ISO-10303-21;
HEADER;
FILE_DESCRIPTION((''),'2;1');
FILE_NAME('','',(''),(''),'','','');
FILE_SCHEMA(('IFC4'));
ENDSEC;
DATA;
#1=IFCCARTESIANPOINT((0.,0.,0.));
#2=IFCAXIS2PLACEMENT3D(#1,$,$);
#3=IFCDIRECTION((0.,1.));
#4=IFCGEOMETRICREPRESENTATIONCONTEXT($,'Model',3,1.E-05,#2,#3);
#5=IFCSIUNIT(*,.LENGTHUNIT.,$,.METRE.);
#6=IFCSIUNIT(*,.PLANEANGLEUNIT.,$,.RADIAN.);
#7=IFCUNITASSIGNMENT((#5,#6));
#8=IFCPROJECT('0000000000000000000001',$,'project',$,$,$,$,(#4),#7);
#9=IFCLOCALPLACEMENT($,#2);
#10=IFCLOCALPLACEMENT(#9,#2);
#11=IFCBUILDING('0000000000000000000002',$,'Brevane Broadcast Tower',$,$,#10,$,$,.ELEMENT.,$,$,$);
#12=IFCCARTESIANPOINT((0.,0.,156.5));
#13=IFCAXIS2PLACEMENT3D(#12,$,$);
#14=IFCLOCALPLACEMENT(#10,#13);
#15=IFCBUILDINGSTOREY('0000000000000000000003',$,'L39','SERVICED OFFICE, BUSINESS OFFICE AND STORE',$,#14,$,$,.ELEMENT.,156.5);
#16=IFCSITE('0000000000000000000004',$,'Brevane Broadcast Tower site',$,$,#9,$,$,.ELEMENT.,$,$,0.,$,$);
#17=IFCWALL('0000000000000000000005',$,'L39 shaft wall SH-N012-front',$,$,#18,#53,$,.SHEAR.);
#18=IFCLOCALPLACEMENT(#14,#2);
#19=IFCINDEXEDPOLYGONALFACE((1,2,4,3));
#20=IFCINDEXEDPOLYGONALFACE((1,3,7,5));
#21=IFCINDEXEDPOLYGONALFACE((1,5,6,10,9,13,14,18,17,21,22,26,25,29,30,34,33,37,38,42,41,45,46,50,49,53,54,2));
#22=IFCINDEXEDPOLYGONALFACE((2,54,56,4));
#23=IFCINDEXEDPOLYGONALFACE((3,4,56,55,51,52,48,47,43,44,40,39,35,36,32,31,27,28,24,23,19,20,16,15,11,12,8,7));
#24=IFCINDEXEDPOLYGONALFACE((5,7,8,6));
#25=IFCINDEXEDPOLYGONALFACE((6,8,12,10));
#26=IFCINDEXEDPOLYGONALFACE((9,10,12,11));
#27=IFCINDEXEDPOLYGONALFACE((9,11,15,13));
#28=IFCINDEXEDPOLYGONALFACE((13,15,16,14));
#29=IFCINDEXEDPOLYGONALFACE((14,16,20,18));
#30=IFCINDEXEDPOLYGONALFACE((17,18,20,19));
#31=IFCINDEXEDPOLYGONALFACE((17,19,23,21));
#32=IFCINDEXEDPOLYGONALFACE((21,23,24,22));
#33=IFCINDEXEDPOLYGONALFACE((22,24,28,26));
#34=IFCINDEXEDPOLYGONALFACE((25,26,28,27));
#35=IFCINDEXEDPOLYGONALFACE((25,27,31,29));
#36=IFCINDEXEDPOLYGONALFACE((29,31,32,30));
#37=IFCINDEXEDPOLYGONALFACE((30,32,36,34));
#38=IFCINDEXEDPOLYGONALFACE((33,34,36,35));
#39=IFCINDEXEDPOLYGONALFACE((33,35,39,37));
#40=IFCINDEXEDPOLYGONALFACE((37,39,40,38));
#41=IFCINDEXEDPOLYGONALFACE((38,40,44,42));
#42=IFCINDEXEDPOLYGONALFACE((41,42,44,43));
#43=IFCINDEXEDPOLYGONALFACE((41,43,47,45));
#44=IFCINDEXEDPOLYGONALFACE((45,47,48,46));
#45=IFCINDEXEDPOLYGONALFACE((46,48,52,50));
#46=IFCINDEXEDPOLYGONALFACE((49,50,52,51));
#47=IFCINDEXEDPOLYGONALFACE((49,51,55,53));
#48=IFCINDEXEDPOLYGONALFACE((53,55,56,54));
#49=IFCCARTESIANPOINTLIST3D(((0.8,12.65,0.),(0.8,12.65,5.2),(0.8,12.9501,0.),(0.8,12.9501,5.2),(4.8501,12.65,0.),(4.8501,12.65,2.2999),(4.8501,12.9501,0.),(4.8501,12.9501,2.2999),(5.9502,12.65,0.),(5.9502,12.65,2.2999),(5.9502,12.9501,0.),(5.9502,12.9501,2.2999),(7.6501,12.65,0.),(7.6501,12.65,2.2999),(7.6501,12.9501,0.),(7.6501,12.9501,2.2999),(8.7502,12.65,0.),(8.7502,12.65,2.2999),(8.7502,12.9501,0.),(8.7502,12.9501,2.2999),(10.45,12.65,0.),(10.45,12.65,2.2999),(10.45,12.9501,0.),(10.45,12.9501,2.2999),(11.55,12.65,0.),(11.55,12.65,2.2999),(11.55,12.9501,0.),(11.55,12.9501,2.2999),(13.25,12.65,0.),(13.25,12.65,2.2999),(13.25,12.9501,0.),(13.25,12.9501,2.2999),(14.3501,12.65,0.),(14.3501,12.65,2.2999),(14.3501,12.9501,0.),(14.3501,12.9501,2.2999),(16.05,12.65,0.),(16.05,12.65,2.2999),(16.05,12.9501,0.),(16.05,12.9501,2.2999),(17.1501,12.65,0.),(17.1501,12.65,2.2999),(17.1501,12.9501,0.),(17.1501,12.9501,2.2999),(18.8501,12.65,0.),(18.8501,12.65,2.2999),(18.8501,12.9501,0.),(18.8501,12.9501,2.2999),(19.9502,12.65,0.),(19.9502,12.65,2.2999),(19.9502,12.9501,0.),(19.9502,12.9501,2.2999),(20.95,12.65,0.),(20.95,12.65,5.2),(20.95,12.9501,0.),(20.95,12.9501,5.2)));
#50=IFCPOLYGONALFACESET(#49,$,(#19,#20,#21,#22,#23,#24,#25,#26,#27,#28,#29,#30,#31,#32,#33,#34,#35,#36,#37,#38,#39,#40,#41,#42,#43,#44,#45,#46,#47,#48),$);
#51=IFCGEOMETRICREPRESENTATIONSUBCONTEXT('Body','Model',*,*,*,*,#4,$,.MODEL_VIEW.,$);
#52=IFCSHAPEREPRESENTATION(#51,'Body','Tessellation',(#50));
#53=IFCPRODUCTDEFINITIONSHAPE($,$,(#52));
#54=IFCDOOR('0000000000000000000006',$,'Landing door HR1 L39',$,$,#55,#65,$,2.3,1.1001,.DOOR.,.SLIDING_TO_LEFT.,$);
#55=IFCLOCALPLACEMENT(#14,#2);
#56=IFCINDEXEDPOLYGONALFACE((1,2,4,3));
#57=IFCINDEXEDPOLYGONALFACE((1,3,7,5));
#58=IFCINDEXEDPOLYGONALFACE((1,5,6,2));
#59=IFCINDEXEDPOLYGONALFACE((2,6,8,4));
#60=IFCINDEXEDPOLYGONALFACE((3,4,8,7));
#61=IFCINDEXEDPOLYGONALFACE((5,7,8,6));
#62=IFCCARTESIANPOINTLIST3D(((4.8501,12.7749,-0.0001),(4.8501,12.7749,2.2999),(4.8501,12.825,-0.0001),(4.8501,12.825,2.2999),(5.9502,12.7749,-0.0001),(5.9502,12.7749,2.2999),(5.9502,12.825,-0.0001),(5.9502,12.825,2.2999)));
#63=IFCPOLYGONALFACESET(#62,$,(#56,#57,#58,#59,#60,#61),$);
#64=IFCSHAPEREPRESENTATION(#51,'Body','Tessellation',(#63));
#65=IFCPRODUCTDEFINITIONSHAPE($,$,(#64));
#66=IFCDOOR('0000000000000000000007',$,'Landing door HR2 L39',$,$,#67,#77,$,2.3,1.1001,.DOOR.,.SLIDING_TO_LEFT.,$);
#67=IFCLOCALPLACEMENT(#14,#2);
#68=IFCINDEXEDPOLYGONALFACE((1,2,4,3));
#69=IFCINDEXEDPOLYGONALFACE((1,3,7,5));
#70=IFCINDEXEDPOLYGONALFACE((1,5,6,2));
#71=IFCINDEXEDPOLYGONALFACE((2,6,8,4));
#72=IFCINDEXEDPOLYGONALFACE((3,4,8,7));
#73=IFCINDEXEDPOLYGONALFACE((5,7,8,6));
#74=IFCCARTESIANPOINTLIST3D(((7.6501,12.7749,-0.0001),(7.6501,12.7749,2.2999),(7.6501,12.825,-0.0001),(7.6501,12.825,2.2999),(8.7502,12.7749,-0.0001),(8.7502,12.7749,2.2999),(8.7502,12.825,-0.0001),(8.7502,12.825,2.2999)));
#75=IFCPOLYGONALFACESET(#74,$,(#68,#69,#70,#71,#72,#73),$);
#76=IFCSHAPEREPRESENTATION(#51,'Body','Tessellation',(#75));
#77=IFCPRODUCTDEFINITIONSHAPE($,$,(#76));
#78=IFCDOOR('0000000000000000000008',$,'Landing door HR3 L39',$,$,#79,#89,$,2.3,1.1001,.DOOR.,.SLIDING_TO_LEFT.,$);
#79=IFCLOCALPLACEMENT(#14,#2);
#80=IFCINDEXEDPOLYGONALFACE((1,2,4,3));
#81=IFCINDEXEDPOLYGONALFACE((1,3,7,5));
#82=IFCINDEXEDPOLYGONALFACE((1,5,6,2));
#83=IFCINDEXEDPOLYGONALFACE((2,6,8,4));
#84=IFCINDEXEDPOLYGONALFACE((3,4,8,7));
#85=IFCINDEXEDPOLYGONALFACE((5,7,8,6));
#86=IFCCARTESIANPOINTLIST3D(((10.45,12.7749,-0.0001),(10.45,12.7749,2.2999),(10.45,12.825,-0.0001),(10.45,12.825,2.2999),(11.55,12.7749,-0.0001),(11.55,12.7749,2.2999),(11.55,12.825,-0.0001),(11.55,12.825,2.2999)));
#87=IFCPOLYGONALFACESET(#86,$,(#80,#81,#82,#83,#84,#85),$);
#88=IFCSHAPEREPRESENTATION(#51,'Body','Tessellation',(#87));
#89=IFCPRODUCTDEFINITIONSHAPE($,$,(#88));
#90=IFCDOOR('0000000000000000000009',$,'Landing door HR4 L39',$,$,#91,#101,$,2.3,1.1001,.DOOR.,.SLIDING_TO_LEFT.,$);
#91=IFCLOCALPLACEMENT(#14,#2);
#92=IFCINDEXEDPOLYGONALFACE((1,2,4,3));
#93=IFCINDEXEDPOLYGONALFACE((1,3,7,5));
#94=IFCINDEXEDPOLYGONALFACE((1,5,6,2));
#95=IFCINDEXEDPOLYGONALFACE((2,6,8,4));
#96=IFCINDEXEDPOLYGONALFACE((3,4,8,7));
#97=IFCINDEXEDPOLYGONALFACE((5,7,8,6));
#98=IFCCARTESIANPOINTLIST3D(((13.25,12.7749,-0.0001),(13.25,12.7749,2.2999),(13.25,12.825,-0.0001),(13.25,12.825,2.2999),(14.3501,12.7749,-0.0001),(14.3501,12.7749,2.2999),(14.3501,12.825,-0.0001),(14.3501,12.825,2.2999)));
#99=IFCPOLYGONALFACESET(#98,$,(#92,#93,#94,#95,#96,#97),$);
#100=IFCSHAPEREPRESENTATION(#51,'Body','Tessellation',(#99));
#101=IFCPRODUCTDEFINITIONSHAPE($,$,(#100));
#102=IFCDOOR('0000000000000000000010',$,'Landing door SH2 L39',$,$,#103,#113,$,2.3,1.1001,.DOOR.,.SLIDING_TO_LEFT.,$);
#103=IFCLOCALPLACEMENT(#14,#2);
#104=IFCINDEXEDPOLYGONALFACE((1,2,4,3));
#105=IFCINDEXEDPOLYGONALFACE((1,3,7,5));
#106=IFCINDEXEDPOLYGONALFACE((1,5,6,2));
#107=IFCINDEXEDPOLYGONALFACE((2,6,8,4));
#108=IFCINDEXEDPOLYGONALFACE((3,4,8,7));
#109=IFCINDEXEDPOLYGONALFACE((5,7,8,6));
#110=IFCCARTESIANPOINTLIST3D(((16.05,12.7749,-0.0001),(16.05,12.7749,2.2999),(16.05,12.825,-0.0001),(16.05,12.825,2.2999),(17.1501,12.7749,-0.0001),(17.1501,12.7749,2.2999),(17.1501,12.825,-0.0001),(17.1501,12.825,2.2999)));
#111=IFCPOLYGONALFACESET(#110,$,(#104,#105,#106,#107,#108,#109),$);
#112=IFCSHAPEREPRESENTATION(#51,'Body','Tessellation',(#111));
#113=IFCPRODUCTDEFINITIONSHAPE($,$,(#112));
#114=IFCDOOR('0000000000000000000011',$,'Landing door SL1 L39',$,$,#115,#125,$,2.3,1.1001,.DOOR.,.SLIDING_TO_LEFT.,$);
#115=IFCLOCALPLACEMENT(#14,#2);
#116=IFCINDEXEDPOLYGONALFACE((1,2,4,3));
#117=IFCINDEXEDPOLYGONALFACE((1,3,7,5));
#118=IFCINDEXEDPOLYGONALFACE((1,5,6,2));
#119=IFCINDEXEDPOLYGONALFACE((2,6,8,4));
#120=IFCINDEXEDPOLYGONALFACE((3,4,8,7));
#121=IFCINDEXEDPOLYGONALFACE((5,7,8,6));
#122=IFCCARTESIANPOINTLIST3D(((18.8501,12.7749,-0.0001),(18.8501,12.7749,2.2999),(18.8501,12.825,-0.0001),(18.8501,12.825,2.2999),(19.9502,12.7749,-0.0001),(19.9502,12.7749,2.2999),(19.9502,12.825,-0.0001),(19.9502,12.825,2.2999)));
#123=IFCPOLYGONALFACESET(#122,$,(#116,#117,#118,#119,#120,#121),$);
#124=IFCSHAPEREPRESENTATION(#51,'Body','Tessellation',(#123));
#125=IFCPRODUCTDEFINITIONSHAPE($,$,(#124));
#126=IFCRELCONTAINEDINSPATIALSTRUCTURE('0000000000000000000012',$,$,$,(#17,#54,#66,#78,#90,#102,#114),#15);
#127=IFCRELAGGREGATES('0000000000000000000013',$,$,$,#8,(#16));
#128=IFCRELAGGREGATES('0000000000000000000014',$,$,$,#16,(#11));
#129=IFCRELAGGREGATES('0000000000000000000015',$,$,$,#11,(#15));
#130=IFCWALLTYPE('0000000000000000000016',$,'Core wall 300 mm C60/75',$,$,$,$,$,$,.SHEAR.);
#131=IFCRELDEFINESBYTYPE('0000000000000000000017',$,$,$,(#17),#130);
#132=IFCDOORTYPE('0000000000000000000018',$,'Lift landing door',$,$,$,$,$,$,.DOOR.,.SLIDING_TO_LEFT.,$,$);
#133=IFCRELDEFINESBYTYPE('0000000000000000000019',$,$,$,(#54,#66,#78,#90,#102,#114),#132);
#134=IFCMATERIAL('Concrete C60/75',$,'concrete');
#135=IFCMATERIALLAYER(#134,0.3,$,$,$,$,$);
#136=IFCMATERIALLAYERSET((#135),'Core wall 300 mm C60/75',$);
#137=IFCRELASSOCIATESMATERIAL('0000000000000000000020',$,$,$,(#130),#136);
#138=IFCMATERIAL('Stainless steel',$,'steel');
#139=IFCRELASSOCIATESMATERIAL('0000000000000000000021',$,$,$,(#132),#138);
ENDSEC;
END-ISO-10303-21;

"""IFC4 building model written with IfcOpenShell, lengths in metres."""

from ifc_helpers import new_model, si_unit, direction, frame, frame_2d, origin, place, context, subcontext, project, spatial, rectangle, extrude, material, layer, layer_set, type_object, element, fill, save


model = new_model("IFC4")

# Units and contexts
model_context = context("Model", 3, precision=1e-05, world=origin(), true_north=direction((0.0, 1.0)))
body_context = subcontext(model_context, "Body", "Model", "MODEL_VIEW")
ifc_project = project(units=[si_unit("LENGTHUNIT", "METRE"), si_unit("PLANEANGLEUNIT", "RADIAN")], contexts=[model_context])

# Site, building, storey
site_placement = place(None, origin())
site = spatial("IfcSite", under=ifc_project, at=site_placement, Name="Brevane Broadcast Tower site", CompositionType="ELEMENT", RefElevation=0.0)
building_placement = place(site_placement, origin())
building = spatial("IfcBuilding", under=site, at=building_placement, Name="Brevane Broadcast Tower", CompositionType="ELEMENT")
storey_placement = place(building_placement, frame((0.0, 0.0, 156.5)))
storey = spatial("IfcBuildingStorey", under=building, at=storey_placement, Name="L39", Description="SERVICED OFFICE, BUSINESS OFFICE AND STORE", CompositionType="ELEMENT", Elevation=156.5)

# Wall, openings, doors
ifc_material_1 = material(Name="Concrete C60/75", Category="concrete")
ifc_layer_1 = layer(ifc_material_1, 0.3)
ifc_layer_set_1 = layer_set([ifc_layer_1], Name="Core wall 300 mm C60/75")
wall_type_1 = type_object("IfcWallType", Name="Core wall 300 mm C60/75", PredefinedType="SHEAR", material=ifc_layer_set_1)
ifc_material_2 = material(Name="Stainless steel", Category="steel")
door_type = type_object("IfcDoorType", Name="Lift landing door", OperationType="SLIDING_TO_LEFT", PredefinedType="DOOR", material=ifc_material_2)
wall_1_placement = place(storey_placement, frame((0.8, 12.8, 0.0), z_axis=(0.0, 0.0, 1.0), x_axis=(1.0, 0.0, 0.0)))
wall_1 = element("IfcWall", 1, at=wall_1_placement, inside=storey, type_object=wall_type_1, Name="L39 shaft wall SH-N012-front", PredefinedType="SHEAR", context=body_context, shape_type="SweptSolid", body=[
    extrude(rectangle(XDim=20.1499, YDim=0.3, at=frame_2d((10.075, 0.0))), origin(), (0.0, 0.0, 1.0), 5.2),
])
opening_1_placement = place(wall_1_placement, frame((4.05, 0.0, 0.0)))
opening_1 = element("IfcOpeningElement", 2, at=opening_1_placement, cuts=wall_1, PredefinedType="OPENING", context=body_context, shape_type="SweptSolid", body=[
    extrude(rectangle(XDim=1.1001, YDim=2.3, at=frame_2d((0.55, 1.1499))), frame((0.0, 0.1599, 0.0), z_axis=(0.0, -1.0, 0.0), x_axis=(1.0, 0.0, 0.0)), (0.0, 0.0, 1.0), 0.3201),
])
opening_2_placement = place(wall_1_placement, frame((6.8501, 0.0, 0.0)))
opening_2 = element("IfcOpeningElement", 3, at=opening_2_placement, cuts=wall_1, PredefinedType="OPENING", context=body_context, shape_type="SweptSolid", body=[
    extrude(rectangle(XDim=1.1001, YDim=2.3, at=frame_2d((0.55, 1.1499))), frame((0.0, 0.1599, 0.0), z_axis=(0.0, -1.0, 0.0), x_axis=(1.0, 0.0, 0.0)), (0.0, 0.0, 1.0), 0.3201),
])
opening_3_placement = place(wall_1_placement, frame((9.6499, 0.0, 0.0)))
opening_3 = element("IfcOpeningElement", 4, at=opening_3_placement, cuts=wall_1, PredefinedType="OPENING", context=body_context, shape_type="SweptSolid", body=[
    extrude(rectangle(XDim=1.1001, YDim=2.3, at=frame_2d((0.55, 1.1499))), frame((0.0, 0.1599, 0.0), z_axis=(0.0, -1.0, 0.0), x_axis=(1.0, 0.0, 0.0)), (0.0, 0.0, 1.0), 0.3201),
])
opening_4_placement = place(wall_1_placement, frame((12.45, 0.0, 0.0)))
opening_4 = element("IfcOpeningElement", 5, at=opening_4_placement, cuts=wall_1, PredefinedType="OPENING", context=body_context, shape_type="SweptSolid", body=[
    extrude(rectangle(XDim=1.1001, YDim=2.3, at=frame_2d((0.55, 1.1499))), frame((0.0, 0.1599, 0.0), z_axis=(0.0, -1.0, 0.0), x_axis=(1.0, 0.0, 0.0)), (0.0, 0.0, 1.0), 0.3201),
])
opening_5_placement = place(wall_1_placement, frame((15.25, 0.0, 0.0)))
opening_5 = element("IfcOpeningElement", 6, at=opening_5_placement, cuts=wall_1, PredefinedType="OPENING", context=body_context, shape_type="SweptSolid", body=[
    extrude(rectangle(XDim=1.1001, YDim=2.3, at=frame_2d((0.55, 1.1499))), frame((0.0, 0.1599, 0.0), z_axis=(0.0, -1.0, 0.0), x_axis=(1.0, 0.0, 0.0)), (0.0, 0.0, 1.0), 0.3201),
])
opening_6_placement = place(wall_1_placement, frame((18.05, 0.0, 0.0)))
opening_6 = element("IfcOpeningElement", 7, at=opening_6_placement, cuts=wall_1, PredefinedType="OPENING", context=body_context, shape_type="SweptSolid", body=[
    extrude(rectangle(XDim=1.1001, YDim=2.3, at=frame_2d((0.55, 1.1499))), frame((0.0, 0.1599, 0.0), z_axis=(0.0, -1.0, 0.0), x_axis=(1.0, 0.0, 0.0)), (0.0, 0.0, 1.0), 0.3201),
])
door_1_placement = place(opening_1_placement, origin())
door_1 = element("IfcDoor", 8, at=door_1_placement, inside=storey, type_object=door_type, Name="Landing door HR1 L39", OperationType="SLIDING_TO_LEFT", OverallHeight=2.3, OverallWidth=1.1001, PredefinedType="DOOR", context=body_context, shape_type="SweptSolid", body=[
    extrude(rectangle(XDim=1.1001, YDim=2.3, at=frame_2d((0.55, 1.1499))), frame((0.0, 0.0249, 0.0), z_axis=(0.0, -1.0, 0.0), x_axis=(1.0, 0.0, 0.0)), (0.0, 0.0, 1.0), 0.05),
])
fill(opening_1, door_1)
door_2_placement = place(opening_2_placement, origin())
door_2 = element("IfcDoor", 9, at=door_2_placement, inside=storey, type_object=door_type, Name="Landing door HR2 L39", OperationType="SLIDING_TO_LEFT", OverallHeight=2.3, OverallWidth=1.1001, PredefinedType="DOOR", context=body_context, shape_type="SweptSolid", body=[
    extrude(rectangle(XDim=1.1001, YDim=2.3, at=frame_2d((0.55, 1.1499))), frame((0.0, 0.0249, 0.0), z_axis=(0.0, -1.0, 0.0), x_axis=(1.0, 0.0, 0.0)), (0.0, 0.0, 1.0), 0.05),
])
fill(opening_2, door_2)
door_3_placement = place(opening_3_placement, origin())
door_3 = element("IfcDoor", 10, at=door_3_placement, inside=storey, type_object=door_type, Name="Landing door HR3 L39", OperationType="SLIDING_TO_LEFT", OverallHeight=2.3, OverallWidth=1.1001, PredefinedType="DOOR", context=body_context, shape_type="SweptSolid", body=[
    extrude(rectangle(XDim=1.1001, YDim=2.3, at=frame_2d((0.55, 1.1499))), frame((0.0, 0.0249, 0.0), z_axis=(0.0, -1.0, 0.0), x_axis=(1.0, 0.0, 0.0)), (0.0, 0.0, 1.0), 0.05),
])
fill(opening_3, door_3)
door_4_placement = place(opening_4_placement, origin())
door_4 = element("IfcDoor", 11, at=door_4_placement, inside=storey, type_object=door_type, Name="Landing door HR4 L39", OperationType="SLIDING_TO_LEFT", OverallHeight=2.3, OverallWidth=1.1001, PredefinedType="DOOR", context=body_context, shape_type="SweptSolid", body=[
    extrude(rectangle(XDim=1.1001, YDim=2.3, at=frame_2d((0.55, 1.1499))), frame((0.0, 0.0249, 0.0), z_axis=(0.0, -1.0, 0.0), x_axis=(1.0, 0.0, 0.0)), (0.0, 0.0, 1.0), 0.05),
])
fill(opening_4, door_4)
door_5_placement = place(opening_5_placement, origin())
door_5 = element("IfcDoor", 12, at=door_5_placement, inside=storey, type_object=door_type, Name="Landing door SH2 L39", OperationType="SLIDING_TO_LEFT", OverallHeight=2.3, OverallWidth=1.1001, PredefinedType="DOOR", context=body_context, shape_type="SweptSolid", body=[
    extrude(rectangle(XDim=1.1001, YDim=2.3, at=frame_2d((0.55, 1.1499))), frame((0.0, 0.0249, 0.0), z_axis=(0.0, -1.0, 0.0), x_axis=(1.0, 0.0, 0.0)), (0.0, 0.0, 1.0), 0.05),
])
fill(opening_5, door_5)
door_6_placement = place(opening_6_placement, origin())
door_6 = element("IfcDoor", 13, at=door_6_placement, inside=storey, type_object=door_type, Name="Landing door SL1 L39", OperationType="SLIDING_TO_LEFT", OverallHeight=2.3, OverallWidth=1.1001, PredefinedType="DOOR", context=body_context, shape_type="SweptSolid", body=[
    extrude(rectangle(XDim=1.1001, YDim=2.3, at=frame_2d((0.55, 1.1499))), frame((0.0, 0.0249, 0.0), z_axis=(0.0, -1.0, 0.0), x_axis=(1.0, 0.0, 0.0)), (0.0, 0.0, 1.0), 0.05),
])
fill(opening_6, door_6)

save(model, "model.ifc")
